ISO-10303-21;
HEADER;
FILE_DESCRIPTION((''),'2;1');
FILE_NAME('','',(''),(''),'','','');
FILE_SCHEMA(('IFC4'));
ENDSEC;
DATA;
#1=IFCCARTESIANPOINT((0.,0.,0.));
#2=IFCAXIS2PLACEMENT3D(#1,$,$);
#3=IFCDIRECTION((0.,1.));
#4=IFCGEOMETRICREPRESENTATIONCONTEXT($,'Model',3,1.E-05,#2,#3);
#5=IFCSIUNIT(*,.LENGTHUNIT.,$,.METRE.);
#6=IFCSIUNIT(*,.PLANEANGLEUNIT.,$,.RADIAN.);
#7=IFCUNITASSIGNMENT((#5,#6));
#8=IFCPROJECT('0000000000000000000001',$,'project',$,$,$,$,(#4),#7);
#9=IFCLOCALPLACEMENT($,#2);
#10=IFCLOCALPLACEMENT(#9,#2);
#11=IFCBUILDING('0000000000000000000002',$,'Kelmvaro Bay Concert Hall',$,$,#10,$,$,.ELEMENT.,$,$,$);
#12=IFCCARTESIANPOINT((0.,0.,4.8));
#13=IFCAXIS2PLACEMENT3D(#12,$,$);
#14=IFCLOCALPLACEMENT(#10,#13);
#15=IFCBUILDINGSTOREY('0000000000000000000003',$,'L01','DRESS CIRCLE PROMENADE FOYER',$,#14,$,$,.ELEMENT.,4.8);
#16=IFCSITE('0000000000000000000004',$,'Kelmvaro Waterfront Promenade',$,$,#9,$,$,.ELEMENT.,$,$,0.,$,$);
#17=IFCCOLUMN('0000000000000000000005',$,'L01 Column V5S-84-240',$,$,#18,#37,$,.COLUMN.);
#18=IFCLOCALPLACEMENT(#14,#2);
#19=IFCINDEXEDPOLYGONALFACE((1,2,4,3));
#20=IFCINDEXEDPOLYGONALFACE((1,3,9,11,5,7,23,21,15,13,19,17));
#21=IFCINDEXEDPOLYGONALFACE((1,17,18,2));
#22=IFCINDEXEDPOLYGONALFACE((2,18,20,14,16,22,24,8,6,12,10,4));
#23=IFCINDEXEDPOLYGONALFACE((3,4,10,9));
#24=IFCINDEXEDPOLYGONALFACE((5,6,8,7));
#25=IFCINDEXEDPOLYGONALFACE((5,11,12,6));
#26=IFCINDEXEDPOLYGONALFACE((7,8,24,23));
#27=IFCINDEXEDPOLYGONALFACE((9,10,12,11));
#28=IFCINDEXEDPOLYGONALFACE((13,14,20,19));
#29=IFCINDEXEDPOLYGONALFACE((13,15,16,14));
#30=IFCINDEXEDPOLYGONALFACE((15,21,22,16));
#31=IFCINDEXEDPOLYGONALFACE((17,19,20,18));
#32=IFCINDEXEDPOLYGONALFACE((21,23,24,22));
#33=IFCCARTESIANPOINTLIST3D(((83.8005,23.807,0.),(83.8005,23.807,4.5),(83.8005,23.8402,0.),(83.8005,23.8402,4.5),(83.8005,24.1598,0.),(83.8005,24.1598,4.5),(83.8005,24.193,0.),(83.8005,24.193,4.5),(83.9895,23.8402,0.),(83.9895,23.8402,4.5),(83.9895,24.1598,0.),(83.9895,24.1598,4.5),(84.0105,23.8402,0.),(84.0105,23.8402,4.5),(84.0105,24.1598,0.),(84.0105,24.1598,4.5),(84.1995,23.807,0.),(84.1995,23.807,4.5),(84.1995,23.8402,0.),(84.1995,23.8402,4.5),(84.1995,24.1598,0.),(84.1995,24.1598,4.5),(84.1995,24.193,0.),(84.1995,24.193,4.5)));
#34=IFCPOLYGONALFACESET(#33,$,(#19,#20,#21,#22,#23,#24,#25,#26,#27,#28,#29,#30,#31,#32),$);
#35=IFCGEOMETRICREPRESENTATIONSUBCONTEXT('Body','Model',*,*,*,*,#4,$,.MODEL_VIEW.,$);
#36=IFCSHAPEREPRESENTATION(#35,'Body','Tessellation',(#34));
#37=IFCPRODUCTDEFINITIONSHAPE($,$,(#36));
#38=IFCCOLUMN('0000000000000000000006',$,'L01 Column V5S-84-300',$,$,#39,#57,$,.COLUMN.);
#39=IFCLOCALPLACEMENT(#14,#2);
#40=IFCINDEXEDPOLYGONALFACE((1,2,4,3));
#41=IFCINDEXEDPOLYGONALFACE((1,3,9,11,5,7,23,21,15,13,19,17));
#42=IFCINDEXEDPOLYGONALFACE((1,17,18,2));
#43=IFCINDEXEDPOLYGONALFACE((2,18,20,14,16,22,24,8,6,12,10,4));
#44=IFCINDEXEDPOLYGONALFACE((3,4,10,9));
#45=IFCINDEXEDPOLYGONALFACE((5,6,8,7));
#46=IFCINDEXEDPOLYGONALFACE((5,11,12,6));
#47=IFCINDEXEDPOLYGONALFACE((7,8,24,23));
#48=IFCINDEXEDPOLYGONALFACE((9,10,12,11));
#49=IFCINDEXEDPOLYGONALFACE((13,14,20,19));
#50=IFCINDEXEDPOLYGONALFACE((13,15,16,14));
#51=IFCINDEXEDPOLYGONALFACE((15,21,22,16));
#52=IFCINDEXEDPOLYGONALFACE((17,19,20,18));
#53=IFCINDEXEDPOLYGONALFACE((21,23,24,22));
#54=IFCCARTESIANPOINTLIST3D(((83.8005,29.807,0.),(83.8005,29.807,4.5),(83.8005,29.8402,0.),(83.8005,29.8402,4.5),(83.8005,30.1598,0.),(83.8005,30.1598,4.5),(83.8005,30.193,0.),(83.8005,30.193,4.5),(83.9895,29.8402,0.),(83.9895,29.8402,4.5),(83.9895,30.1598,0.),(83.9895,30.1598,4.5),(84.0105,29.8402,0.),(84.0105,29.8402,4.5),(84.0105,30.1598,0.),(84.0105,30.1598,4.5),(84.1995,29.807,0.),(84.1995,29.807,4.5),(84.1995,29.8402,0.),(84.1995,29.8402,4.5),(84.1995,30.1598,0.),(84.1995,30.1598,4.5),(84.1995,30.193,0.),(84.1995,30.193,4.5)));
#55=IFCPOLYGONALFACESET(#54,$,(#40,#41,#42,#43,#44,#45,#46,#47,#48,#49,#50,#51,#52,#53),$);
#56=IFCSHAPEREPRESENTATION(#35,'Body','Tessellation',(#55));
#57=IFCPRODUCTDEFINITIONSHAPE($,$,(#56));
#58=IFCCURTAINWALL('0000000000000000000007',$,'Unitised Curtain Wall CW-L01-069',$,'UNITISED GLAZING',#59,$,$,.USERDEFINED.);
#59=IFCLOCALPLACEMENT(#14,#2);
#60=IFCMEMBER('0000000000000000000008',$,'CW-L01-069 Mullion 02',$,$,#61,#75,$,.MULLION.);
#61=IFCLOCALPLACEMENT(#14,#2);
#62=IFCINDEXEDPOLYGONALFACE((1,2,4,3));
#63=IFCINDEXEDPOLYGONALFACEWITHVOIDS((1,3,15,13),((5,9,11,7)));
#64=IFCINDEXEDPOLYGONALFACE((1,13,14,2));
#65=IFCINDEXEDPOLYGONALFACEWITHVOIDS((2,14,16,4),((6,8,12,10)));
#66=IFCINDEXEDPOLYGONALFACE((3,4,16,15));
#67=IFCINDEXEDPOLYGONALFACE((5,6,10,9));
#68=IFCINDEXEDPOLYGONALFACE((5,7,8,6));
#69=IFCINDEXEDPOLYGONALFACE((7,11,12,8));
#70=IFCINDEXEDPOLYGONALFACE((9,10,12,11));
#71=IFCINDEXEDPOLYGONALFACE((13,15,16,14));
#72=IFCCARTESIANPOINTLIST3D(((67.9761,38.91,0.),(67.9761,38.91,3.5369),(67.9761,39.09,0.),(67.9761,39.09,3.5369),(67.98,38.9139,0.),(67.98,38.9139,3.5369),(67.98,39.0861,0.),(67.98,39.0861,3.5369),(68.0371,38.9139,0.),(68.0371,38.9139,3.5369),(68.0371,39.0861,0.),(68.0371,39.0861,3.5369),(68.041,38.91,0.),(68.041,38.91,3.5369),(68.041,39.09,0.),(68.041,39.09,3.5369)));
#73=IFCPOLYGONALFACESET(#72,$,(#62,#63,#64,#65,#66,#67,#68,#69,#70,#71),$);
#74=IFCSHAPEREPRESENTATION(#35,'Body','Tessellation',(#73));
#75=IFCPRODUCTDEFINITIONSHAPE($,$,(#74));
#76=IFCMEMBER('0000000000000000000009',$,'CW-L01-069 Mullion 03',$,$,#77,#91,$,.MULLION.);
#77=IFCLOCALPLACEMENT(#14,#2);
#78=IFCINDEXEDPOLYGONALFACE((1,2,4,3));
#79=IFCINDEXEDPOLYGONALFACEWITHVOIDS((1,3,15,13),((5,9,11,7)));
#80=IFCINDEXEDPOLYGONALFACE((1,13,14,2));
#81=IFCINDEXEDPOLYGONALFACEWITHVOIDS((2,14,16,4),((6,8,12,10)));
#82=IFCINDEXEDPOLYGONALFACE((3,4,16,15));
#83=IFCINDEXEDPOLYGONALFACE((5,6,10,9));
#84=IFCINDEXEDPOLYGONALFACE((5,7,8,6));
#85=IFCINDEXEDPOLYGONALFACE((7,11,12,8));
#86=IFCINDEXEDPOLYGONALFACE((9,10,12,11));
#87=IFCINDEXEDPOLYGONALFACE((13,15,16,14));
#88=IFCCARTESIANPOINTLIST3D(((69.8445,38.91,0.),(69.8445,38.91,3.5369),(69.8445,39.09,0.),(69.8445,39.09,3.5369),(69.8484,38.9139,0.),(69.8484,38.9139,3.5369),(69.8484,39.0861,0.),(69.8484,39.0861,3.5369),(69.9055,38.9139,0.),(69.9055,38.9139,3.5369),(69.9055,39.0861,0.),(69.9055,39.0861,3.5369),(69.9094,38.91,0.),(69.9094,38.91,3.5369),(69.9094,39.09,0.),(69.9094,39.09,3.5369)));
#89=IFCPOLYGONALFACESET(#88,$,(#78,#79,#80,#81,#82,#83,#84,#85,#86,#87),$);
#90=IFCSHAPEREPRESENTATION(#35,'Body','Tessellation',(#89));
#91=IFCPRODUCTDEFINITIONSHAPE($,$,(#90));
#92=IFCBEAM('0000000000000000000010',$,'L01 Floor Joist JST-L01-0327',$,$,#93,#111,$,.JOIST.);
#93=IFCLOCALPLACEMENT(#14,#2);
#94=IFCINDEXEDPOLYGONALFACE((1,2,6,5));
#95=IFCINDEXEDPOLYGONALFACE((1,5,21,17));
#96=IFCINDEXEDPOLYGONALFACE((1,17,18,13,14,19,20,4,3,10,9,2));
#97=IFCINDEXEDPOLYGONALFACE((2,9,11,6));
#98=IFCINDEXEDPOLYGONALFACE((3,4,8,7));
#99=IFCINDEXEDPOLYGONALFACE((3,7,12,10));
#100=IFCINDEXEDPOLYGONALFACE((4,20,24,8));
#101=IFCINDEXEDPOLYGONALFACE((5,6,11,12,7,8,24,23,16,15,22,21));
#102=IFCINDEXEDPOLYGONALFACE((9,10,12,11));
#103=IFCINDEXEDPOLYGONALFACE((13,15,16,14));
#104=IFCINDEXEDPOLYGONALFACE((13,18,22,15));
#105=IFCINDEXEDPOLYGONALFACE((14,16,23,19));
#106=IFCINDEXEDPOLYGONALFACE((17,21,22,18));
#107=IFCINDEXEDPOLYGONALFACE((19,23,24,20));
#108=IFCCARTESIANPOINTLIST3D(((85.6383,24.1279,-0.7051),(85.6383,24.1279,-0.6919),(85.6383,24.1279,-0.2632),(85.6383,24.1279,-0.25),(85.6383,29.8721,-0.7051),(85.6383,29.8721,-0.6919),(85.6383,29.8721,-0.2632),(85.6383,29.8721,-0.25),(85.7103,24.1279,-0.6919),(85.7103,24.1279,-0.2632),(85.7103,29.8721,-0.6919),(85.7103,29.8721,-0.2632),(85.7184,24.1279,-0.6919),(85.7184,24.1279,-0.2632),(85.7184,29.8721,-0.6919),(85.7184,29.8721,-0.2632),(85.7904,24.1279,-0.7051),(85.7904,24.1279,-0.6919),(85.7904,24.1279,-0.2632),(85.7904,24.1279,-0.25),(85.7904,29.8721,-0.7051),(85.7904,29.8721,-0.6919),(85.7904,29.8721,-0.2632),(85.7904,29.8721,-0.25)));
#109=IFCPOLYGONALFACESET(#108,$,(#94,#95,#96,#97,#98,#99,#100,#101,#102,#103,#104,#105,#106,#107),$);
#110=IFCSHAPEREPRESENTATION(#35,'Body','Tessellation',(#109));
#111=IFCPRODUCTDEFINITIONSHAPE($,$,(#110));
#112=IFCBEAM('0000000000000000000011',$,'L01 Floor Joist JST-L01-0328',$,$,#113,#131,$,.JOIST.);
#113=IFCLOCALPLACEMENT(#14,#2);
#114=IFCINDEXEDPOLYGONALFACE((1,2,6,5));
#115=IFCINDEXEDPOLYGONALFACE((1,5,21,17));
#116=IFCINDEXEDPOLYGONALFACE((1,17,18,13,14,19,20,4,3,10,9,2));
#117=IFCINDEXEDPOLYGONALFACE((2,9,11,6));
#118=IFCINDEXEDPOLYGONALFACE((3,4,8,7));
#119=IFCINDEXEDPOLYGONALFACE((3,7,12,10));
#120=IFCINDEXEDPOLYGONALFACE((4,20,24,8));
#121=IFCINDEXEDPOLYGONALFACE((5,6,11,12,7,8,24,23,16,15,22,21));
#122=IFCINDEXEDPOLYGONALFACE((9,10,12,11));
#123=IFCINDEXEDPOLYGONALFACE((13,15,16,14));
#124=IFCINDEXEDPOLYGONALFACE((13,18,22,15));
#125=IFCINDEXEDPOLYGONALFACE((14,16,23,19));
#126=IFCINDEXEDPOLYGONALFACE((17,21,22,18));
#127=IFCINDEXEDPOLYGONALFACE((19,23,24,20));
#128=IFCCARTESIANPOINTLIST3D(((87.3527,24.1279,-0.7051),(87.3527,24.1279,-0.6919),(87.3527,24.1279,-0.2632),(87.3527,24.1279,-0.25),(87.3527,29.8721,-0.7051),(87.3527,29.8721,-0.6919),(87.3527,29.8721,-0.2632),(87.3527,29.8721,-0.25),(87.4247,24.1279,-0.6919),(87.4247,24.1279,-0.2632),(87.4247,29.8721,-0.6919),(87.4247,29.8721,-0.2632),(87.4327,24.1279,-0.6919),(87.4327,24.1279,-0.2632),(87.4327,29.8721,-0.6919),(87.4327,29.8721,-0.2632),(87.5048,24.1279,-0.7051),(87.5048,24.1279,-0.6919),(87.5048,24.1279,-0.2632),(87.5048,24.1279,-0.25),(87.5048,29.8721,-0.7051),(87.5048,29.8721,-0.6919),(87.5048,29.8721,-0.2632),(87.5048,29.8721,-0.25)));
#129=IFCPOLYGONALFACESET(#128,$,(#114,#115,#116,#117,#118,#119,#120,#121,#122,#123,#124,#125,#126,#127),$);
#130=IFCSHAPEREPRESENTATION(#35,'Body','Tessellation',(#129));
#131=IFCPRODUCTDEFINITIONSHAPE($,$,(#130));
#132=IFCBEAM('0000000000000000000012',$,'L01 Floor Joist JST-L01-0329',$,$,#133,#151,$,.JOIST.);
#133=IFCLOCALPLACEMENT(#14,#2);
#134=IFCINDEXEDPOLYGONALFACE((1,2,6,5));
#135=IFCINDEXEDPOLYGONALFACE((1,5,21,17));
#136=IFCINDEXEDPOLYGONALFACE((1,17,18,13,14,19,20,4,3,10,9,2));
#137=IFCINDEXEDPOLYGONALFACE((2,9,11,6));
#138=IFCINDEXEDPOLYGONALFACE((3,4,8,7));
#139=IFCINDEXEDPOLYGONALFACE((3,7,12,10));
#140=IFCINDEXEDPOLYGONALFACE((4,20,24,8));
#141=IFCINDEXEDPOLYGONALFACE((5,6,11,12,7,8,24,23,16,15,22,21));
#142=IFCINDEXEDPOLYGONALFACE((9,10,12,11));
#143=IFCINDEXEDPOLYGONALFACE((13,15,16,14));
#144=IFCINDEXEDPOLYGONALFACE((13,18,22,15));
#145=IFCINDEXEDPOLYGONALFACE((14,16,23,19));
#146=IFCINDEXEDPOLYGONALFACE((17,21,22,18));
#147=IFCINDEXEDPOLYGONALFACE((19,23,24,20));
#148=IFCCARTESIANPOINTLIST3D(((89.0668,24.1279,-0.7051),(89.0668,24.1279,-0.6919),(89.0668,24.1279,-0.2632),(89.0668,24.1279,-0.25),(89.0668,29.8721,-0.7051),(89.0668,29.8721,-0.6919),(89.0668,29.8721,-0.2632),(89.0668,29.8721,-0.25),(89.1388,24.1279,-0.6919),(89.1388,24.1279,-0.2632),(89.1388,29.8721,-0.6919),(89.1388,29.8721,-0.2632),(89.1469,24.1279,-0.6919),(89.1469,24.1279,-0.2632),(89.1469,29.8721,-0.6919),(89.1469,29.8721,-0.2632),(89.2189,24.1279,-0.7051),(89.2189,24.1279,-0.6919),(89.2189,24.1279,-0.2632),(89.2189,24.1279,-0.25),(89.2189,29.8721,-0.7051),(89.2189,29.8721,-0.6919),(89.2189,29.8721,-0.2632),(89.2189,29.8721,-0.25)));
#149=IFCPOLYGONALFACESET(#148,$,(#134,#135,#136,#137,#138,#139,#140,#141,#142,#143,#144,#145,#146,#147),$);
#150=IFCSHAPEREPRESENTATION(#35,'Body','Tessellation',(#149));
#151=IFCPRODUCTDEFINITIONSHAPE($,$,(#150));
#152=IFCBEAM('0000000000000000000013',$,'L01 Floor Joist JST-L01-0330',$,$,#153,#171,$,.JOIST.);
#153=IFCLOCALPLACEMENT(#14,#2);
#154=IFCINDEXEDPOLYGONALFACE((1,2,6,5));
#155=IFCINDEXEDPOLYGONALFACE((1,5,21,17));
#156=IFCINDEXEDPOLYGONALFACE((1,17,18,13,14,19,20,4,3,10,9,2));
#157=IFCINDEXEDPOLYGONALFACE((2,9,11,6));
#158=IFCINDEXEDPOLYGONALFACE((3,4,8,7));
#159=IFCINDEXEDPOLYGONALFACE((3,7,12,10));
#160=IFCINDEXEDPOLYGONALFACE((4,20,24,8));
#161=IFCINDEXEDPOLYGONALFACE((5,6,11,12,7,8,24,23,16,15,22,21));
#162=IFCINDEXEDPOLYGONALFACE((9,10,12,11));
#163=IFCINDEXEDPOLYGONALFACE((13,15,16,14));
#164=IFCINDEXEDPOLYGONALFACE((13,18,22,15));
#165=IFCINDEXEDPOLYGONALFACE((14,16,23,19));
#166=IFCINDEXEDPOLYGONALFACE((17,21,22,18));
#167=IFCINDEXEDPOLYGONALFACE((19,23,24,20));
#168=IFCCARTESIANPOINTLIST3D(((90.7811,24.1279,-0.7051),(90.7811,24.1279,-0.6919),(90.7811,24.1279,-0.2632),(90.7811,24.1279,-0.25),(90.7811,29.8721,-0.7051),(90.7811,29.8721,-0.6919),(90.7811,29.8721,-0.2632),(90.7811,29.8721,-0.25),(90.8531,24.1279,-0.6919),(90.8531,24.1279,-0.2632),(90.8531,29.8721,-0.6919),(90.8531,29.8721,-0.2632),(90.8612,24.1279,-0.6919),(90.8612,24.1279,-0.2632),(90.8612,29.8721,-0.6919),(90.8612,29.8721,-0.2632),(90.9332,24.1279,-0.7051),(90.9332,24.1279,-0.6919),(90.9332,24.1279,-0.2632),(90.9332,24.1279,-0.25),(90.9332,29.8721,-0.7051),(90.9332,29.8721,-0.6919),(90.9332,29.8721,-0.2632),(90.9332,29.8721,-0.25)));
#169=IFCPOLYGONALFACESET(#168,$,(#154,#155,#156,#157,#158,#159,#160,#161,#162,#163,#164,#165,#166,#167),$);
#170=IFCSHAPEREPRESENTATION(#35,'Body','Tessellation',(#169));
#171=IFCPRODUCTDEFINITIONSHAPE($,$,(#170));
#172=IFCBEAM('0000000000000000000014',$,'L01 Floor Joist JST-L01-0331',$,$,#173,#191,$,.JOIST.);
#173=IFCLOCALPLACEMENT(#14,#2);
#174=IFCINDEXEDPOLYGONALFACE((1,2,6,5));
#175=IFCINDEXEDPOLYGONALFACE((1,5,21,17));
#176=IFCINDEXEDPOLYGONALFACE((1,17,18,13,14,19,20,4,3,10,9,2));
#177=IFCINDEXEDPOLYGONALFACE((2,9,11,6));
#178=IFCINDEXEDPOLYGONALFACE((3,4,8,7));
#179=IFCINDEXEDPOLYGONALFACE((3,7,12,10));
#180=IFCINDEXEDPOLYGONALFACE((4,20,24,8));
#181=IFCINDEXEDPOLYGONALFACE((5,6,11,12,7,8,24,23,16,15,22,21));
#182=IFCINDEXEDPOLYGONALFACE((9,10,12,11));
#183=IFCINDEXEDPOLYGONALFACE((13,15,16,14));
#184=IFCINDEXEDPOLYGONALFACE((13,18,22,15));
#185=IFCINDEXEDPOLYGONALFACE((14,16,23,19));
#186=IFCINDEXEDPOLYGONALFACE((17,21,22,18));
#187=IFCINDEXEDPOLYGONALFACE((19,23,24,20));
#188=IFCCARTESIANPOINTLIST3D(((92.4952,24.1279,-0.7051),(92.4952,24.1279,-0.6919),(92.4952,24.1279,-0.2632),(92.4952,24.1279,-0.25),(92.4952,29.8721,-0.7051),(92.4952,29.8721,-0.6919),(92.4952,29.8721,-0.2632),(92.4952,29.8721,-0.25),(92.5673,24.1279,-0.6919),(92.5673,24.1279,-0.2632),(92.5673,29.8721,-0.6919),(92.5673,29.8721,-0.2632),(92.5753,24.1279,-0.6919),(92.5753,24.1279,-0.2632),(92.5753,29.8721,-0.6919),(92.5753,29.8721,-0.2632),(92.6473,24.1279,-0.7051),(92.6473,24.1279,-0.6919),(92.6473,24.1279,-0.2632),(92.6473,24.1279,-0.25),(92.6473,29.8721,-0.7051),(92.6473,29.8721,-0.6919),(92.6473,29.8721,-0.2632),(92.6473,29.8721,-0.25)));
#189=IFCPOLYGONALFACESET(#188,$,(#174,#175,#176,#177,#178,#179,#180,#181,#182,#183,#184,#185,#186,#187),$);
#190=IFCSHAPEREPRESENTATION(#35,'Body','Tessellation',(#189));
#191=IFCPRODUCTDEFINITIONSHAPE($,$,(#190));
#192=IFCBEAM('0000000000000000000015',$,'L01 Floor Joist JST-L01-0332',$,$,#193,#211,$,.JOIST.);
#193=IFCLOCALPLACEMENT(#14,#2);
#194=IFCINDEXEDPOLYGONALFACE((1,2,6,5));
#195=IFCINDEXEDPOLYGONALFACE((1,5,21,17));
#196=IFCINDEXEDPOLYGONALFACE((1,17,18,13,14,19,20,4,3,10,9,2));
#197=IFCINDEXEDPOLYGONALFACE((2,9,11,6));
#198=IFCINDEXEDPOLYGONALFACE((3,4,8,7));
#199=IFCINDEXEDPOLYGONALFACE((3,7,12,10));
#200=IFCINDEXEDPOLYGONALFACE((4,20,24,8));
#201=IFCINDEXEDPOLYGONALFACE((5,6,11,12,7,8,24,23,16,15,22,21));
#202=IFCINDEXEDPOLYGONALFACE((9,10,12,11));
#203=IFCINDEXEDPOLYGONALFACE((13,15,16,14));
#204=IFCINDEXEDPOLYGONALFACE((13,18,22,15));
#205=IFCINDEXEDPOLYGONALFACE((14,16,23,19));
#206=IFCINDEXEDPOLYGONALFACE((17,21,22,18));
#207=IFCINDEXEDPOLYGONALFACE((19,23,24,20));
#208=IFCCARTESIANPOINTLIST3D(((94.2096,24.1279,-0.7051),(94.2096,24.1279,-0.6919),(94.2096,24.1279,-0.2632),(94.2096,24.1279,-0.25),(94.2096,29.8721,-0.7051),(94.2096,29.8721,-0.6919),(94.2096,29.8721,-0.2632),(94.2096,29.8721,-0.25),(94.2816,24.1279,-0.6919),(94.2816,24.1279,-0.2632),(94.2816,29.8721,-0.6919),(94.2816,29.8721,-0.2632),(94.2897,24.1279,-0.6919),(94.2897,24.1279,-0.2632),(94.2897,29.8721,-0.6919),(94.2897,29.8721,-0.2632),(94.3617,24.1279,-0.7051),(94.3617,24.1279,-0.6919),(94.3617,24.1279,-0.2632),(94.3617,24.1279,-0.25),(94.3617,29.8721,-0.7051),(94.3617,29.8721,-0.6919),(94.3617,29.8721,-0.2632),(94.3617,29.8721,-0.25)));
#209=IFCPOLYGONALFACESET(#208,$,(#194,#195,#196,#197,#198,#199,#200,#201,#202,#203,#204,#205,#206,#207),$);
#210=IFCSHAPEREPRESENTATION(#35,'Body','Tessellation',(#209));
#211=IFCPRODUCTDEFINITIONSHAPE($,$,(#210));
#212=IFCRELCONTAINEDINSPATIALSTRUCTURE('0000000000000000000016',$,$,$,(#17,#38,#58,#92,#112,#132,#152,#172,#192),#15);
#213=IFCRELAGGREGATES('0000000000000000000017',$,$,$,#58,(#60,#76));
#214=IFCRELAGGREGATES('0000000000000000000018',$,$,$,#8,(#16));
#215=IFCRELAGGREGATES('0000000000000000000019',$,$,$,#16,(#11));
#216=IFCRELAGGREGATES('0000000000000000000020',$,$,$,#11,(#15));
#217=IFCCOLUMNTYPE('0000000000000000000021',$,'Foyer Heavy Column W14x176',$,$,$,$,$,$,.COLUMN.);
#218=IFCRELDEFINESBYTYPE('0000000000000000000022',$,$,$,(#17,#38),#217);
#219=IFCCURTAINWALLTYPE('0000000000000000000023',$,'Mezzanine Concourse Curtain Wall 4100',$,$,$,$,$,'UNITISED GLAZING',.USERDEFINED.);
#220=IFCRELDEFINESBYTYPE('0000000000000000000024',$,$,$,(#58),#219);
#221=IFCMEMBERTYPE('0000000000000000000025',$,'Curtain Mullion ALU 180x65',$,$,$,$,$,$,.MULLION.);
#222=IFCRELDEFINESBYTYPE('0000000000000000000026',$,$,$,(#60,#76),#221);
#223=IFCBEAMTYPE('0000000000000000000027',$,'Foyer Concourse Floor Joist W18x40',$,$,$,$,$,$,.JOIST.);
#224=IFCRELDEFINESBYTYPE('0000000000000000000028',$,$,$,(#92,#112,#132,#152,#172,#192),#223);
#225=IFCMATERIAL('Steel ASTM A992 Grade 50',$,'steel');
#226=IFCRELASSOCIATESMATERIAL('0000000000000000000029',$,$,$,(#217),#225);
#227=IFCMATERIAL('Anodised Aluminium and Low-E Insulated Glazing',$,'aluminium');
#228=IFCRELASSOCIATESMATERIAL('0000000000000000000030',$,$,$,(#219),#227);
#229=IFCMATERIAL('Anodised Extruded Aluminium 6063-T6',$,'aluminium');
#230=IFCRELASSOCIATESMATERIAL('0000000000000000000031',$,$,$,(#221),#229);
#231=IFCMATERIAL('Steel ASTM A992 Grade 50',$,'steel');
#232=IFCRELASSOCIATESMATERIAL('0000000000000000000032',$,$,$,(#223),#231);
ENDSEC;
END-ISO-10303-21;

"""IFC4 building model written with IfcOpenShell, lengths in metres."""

from ifc_helpers import new_model, si_unit, direction, frame, origin, origin_2d, place, context, subcontext, project, spatial, hollow_rectangle, i_section, extrude, material, material_profile, profile_set, type_object, element, aggregate, save


model = new_model("IFC4")

# Units and contexts
model_context = context("Model", 3, precision=1e-05, world=origin(), true_north=direction((0.0, 1.0)))
body_context = subcontext(model_context, "Body", "Model", "MODEL_VIEW")
ifc_project = project(units=[si_unit("LENGTHUNIT", "METRE"), si_unit("PLANEANGLEUNIT", "RADIAN")], contexts=[model_context])

# Site, building, storey
site_placement = place(None, origin())
site = spatial("IfcSite", under=ifc_project, at=site_placement, Name="Kelmvaro Waterfront Promenade", CompositionType="ELEMENT", RefElevation=0.0)
building_placement = place(site_placement, origin())
building = spatial("IfcBuilding", under=site, at=building_placement, Name="Kelmvaro Bay Concert Hall", CompositionType="ELEMENT")
storey_placement = place(building_placement, frame((0.0, 0.0, 4.8)))
storey = spatial("IfcBuildingStorey", under=building, at=storey_placement, Name="L01", Description="DRESS CIRCLE PROMENADE FOYER", CompositionType="ELEMENT", Elevation=4.8)

# Columns
ifc_material_1 = material(Name="Steel ASTM A992 Grade 50", Category="steel")
ifc_material_profile_1 = material_profile(ifc_material_1, i_section(OverallWidth=0.3989, OverallDepth=0.386, WebThickness=0.021, FlangeThickness=0.0332, at=origin_2d()), Name="W14X176")
ifc_profile_set_1 = profile_set([ifc_material_profile_1], Name="Steel ASTM A992 Grade 50")
column_type = type_object("IfcColumnType", Name="Foyer Heavy Column W14x176", PredefinedType="COLUMN", material=ifc_profile_set_1)
for number, where, z_axis, x_axis, name in (
    (1, (84.0, 24.0, 0.0), (0.0, 0.0, 1.0), (1.0, 0.0, 0.0), "L01 Column V5S-84-240"),
    (2, (84.0, 30.0, 0.0), (0.0, 0.0, 1.0), (1.0, 0.0, 0.0), "L01 Column V5S-84-300"),
):
    element("IfcColumn", number, at=place(storey_placement, frame(where, z_axis=z_axis, x_axis=x_axis)), inside=storey, type_object=column_type, Name=name, PredefinedType="COLUMN", context=body_context, shape_type="SweptSolid", body=[
        extrude(i_section(OverallWidth=0.3989, OverallDepth=0.386, WebThickness=0.021, FlangeThickness=0.0332, at=origin_2d()), origin(), (0.0, 0.0, 1.0), 4.5),
    ])

# Curtain wall, members
ifc_material_2 = material(Name="Anodised Aluminium and Low-E Insulated Glazing", Category="aluminium")
curtain_wall_type = type_object("IfcCurtainWallType", Name="Mezzanine Concourse Curtain Wall 4100", ElementType="UNITISED GLAZING", PredefinedType="USERDEFINED", material=ifc_material_2)
curtain_wall_placement = place(storey_placement, origin())
curtain_wall = element("IfcCurtainWall", 3, at=curtain_wall_placement, inside=storey, type_object=curtain_wall_type, Name="Unitised Curtain Wall CW-L01-069", ObjectType="UNITISED GLAZING", PredefinedType="USERDEFINED")
ifc_material_3 = material(Name="Anodised Extruded Aluminium 6063-T6", Category="aluminium")
ifc_material_profile_2 = material_profile(ifc_material_3, hollow_rectangle(XDim=0.0649, YDim=0.1799, WallThickness=0.0039, at=origin_2d()), Name="ALU-MUL-180X65")
ifc_profile_set_2 = profile_set([ifc_material_profile_2], Name="Anodised Extruded Aluminium 6063-T6")
member_type = type_object("IfcMemberType", Name="Curtain Mullion ALU 180x65", PredefinedType="MULLION", material=ifc_profile_set_2)
member_1_placement = place(storey_placement, frame((68.0085, 39.0, 0.0), z_axis=(0.0, 0.0, 1.0), x_axis=(1.0, 0.0, 0.0)))
member_1 = element("IfcMember", 4, at=member_1_placement, type_object=member_type, Name="CW-L01-069 Mullion 02", PredefinedType="MULLION", context=body_context, shape_type="SweptSolid", body=[
    extrude(hollow_rectangle(XDim=0.0649, YDim=0.1799, WallThickness=0.0039, at=origin_2d()), origin(), (0.0, 0.0, 1.0), 3.5369),
])
member_2_placement = place(storey_placement, frame((69.877, 39.0, 0.0), z_axis=(0.0, 0.0, 1.0), x_axis=(1.0, 0.0, 0.0)))
member_2 = element("IfcMember", 5, at=member_2_placement, type_object=member_type, Name="CW-L01-069 Mullion 03", PredefinedType="MULLION", context=body_context, shape_type="SweptSolid", body=[
    extrude(hollow_rectangle(XDim=0.0649, YDim=0.1799, WallThickness=0.0039, at=origin_2d()), origin(), (0.0, 0.0, 1.0), 3.5369),
])

# Beams
ifc_material_4 = material(Name="Steel ASTM A992 Grade 50", Category="steel")
ifc_material_profile_3 = material_profile(ifc_material_4, i_section(OverallWidth=0.1521, OverallDepth=0.4551, WebThickness=0.0081, FlangeThickness=0.0132, at=origin_2d()), Name="W18X40")
ifc_profile_set_3 = profile_set([ifc_material_profile_3], Name="Steel ASTM A992 Grade 50")
beam_type_1 = type_object("IfcBeamType", Name="Foyer Concourse Floor Joist W18x40", PredefinedType="JOIST", material=ifc_profile_set_3)
for number, where, z_axis, x_axis, name in (
    (6, (85.7144, 24.1279, -0.4775), (0.0, 1.0, 0.0), (-1.0, 0.0, 0.0), "L01 Floor Joist JST-L01-0327"),
    (7, (87.4287, 24.1279, -0.4775), (0.0, 1.0, 0.0), (-1.0, 0.0, 0.0), "L01 Floor Joist JST-L01-0328"),
    (8, (89.1428, 24.1279, -0.4775), (0.0, 1.0, 0.0), (-1.0, 0.0, 0.0), "L01 Floor Joist JST-L01-0329"),
    (9, (90.8572, 24.1279, -0.4775), (0.0, 1.0, 0.0), (-1.0, 0.0, 0.0), "L01 Floor Joist JST-L01-0330"),
    (10, (92.5713, 24.1279, -0.4775), (0.0, 1.0, 0.0), (-1.0, 0.0, 0.0), "L01 Floor Joist JST-L01-0331"),
    (11, (94.2856, 24.1279, -0.4775), (0.0, 1.0, 0.0), (-1.0, 0.0, 0.0), "L01 Floor Joist JST-L01-0332"),
):
    element("IfcBeam", number, at=place(storey_placement, frame(where, z_axis=z_axis, x_axis=x_axis)), inside=storey, type_object=beam_type_1, Name=name, PredefinedType="JOIST", context=body_context, shape_type="SweptSolid", body=[
        extrude(i_section(OverallWidth=0.1521, OverallDepth=0.4551, WebThickness=0.0081, FlangeThickness=0.0132, at=origin_2d()), origin(), (0.0, 0.0, 1.0), 5.7441),
    ])

aggregate(curtain_wall, [member_1, member_2])

save(model, "model.ifc")
